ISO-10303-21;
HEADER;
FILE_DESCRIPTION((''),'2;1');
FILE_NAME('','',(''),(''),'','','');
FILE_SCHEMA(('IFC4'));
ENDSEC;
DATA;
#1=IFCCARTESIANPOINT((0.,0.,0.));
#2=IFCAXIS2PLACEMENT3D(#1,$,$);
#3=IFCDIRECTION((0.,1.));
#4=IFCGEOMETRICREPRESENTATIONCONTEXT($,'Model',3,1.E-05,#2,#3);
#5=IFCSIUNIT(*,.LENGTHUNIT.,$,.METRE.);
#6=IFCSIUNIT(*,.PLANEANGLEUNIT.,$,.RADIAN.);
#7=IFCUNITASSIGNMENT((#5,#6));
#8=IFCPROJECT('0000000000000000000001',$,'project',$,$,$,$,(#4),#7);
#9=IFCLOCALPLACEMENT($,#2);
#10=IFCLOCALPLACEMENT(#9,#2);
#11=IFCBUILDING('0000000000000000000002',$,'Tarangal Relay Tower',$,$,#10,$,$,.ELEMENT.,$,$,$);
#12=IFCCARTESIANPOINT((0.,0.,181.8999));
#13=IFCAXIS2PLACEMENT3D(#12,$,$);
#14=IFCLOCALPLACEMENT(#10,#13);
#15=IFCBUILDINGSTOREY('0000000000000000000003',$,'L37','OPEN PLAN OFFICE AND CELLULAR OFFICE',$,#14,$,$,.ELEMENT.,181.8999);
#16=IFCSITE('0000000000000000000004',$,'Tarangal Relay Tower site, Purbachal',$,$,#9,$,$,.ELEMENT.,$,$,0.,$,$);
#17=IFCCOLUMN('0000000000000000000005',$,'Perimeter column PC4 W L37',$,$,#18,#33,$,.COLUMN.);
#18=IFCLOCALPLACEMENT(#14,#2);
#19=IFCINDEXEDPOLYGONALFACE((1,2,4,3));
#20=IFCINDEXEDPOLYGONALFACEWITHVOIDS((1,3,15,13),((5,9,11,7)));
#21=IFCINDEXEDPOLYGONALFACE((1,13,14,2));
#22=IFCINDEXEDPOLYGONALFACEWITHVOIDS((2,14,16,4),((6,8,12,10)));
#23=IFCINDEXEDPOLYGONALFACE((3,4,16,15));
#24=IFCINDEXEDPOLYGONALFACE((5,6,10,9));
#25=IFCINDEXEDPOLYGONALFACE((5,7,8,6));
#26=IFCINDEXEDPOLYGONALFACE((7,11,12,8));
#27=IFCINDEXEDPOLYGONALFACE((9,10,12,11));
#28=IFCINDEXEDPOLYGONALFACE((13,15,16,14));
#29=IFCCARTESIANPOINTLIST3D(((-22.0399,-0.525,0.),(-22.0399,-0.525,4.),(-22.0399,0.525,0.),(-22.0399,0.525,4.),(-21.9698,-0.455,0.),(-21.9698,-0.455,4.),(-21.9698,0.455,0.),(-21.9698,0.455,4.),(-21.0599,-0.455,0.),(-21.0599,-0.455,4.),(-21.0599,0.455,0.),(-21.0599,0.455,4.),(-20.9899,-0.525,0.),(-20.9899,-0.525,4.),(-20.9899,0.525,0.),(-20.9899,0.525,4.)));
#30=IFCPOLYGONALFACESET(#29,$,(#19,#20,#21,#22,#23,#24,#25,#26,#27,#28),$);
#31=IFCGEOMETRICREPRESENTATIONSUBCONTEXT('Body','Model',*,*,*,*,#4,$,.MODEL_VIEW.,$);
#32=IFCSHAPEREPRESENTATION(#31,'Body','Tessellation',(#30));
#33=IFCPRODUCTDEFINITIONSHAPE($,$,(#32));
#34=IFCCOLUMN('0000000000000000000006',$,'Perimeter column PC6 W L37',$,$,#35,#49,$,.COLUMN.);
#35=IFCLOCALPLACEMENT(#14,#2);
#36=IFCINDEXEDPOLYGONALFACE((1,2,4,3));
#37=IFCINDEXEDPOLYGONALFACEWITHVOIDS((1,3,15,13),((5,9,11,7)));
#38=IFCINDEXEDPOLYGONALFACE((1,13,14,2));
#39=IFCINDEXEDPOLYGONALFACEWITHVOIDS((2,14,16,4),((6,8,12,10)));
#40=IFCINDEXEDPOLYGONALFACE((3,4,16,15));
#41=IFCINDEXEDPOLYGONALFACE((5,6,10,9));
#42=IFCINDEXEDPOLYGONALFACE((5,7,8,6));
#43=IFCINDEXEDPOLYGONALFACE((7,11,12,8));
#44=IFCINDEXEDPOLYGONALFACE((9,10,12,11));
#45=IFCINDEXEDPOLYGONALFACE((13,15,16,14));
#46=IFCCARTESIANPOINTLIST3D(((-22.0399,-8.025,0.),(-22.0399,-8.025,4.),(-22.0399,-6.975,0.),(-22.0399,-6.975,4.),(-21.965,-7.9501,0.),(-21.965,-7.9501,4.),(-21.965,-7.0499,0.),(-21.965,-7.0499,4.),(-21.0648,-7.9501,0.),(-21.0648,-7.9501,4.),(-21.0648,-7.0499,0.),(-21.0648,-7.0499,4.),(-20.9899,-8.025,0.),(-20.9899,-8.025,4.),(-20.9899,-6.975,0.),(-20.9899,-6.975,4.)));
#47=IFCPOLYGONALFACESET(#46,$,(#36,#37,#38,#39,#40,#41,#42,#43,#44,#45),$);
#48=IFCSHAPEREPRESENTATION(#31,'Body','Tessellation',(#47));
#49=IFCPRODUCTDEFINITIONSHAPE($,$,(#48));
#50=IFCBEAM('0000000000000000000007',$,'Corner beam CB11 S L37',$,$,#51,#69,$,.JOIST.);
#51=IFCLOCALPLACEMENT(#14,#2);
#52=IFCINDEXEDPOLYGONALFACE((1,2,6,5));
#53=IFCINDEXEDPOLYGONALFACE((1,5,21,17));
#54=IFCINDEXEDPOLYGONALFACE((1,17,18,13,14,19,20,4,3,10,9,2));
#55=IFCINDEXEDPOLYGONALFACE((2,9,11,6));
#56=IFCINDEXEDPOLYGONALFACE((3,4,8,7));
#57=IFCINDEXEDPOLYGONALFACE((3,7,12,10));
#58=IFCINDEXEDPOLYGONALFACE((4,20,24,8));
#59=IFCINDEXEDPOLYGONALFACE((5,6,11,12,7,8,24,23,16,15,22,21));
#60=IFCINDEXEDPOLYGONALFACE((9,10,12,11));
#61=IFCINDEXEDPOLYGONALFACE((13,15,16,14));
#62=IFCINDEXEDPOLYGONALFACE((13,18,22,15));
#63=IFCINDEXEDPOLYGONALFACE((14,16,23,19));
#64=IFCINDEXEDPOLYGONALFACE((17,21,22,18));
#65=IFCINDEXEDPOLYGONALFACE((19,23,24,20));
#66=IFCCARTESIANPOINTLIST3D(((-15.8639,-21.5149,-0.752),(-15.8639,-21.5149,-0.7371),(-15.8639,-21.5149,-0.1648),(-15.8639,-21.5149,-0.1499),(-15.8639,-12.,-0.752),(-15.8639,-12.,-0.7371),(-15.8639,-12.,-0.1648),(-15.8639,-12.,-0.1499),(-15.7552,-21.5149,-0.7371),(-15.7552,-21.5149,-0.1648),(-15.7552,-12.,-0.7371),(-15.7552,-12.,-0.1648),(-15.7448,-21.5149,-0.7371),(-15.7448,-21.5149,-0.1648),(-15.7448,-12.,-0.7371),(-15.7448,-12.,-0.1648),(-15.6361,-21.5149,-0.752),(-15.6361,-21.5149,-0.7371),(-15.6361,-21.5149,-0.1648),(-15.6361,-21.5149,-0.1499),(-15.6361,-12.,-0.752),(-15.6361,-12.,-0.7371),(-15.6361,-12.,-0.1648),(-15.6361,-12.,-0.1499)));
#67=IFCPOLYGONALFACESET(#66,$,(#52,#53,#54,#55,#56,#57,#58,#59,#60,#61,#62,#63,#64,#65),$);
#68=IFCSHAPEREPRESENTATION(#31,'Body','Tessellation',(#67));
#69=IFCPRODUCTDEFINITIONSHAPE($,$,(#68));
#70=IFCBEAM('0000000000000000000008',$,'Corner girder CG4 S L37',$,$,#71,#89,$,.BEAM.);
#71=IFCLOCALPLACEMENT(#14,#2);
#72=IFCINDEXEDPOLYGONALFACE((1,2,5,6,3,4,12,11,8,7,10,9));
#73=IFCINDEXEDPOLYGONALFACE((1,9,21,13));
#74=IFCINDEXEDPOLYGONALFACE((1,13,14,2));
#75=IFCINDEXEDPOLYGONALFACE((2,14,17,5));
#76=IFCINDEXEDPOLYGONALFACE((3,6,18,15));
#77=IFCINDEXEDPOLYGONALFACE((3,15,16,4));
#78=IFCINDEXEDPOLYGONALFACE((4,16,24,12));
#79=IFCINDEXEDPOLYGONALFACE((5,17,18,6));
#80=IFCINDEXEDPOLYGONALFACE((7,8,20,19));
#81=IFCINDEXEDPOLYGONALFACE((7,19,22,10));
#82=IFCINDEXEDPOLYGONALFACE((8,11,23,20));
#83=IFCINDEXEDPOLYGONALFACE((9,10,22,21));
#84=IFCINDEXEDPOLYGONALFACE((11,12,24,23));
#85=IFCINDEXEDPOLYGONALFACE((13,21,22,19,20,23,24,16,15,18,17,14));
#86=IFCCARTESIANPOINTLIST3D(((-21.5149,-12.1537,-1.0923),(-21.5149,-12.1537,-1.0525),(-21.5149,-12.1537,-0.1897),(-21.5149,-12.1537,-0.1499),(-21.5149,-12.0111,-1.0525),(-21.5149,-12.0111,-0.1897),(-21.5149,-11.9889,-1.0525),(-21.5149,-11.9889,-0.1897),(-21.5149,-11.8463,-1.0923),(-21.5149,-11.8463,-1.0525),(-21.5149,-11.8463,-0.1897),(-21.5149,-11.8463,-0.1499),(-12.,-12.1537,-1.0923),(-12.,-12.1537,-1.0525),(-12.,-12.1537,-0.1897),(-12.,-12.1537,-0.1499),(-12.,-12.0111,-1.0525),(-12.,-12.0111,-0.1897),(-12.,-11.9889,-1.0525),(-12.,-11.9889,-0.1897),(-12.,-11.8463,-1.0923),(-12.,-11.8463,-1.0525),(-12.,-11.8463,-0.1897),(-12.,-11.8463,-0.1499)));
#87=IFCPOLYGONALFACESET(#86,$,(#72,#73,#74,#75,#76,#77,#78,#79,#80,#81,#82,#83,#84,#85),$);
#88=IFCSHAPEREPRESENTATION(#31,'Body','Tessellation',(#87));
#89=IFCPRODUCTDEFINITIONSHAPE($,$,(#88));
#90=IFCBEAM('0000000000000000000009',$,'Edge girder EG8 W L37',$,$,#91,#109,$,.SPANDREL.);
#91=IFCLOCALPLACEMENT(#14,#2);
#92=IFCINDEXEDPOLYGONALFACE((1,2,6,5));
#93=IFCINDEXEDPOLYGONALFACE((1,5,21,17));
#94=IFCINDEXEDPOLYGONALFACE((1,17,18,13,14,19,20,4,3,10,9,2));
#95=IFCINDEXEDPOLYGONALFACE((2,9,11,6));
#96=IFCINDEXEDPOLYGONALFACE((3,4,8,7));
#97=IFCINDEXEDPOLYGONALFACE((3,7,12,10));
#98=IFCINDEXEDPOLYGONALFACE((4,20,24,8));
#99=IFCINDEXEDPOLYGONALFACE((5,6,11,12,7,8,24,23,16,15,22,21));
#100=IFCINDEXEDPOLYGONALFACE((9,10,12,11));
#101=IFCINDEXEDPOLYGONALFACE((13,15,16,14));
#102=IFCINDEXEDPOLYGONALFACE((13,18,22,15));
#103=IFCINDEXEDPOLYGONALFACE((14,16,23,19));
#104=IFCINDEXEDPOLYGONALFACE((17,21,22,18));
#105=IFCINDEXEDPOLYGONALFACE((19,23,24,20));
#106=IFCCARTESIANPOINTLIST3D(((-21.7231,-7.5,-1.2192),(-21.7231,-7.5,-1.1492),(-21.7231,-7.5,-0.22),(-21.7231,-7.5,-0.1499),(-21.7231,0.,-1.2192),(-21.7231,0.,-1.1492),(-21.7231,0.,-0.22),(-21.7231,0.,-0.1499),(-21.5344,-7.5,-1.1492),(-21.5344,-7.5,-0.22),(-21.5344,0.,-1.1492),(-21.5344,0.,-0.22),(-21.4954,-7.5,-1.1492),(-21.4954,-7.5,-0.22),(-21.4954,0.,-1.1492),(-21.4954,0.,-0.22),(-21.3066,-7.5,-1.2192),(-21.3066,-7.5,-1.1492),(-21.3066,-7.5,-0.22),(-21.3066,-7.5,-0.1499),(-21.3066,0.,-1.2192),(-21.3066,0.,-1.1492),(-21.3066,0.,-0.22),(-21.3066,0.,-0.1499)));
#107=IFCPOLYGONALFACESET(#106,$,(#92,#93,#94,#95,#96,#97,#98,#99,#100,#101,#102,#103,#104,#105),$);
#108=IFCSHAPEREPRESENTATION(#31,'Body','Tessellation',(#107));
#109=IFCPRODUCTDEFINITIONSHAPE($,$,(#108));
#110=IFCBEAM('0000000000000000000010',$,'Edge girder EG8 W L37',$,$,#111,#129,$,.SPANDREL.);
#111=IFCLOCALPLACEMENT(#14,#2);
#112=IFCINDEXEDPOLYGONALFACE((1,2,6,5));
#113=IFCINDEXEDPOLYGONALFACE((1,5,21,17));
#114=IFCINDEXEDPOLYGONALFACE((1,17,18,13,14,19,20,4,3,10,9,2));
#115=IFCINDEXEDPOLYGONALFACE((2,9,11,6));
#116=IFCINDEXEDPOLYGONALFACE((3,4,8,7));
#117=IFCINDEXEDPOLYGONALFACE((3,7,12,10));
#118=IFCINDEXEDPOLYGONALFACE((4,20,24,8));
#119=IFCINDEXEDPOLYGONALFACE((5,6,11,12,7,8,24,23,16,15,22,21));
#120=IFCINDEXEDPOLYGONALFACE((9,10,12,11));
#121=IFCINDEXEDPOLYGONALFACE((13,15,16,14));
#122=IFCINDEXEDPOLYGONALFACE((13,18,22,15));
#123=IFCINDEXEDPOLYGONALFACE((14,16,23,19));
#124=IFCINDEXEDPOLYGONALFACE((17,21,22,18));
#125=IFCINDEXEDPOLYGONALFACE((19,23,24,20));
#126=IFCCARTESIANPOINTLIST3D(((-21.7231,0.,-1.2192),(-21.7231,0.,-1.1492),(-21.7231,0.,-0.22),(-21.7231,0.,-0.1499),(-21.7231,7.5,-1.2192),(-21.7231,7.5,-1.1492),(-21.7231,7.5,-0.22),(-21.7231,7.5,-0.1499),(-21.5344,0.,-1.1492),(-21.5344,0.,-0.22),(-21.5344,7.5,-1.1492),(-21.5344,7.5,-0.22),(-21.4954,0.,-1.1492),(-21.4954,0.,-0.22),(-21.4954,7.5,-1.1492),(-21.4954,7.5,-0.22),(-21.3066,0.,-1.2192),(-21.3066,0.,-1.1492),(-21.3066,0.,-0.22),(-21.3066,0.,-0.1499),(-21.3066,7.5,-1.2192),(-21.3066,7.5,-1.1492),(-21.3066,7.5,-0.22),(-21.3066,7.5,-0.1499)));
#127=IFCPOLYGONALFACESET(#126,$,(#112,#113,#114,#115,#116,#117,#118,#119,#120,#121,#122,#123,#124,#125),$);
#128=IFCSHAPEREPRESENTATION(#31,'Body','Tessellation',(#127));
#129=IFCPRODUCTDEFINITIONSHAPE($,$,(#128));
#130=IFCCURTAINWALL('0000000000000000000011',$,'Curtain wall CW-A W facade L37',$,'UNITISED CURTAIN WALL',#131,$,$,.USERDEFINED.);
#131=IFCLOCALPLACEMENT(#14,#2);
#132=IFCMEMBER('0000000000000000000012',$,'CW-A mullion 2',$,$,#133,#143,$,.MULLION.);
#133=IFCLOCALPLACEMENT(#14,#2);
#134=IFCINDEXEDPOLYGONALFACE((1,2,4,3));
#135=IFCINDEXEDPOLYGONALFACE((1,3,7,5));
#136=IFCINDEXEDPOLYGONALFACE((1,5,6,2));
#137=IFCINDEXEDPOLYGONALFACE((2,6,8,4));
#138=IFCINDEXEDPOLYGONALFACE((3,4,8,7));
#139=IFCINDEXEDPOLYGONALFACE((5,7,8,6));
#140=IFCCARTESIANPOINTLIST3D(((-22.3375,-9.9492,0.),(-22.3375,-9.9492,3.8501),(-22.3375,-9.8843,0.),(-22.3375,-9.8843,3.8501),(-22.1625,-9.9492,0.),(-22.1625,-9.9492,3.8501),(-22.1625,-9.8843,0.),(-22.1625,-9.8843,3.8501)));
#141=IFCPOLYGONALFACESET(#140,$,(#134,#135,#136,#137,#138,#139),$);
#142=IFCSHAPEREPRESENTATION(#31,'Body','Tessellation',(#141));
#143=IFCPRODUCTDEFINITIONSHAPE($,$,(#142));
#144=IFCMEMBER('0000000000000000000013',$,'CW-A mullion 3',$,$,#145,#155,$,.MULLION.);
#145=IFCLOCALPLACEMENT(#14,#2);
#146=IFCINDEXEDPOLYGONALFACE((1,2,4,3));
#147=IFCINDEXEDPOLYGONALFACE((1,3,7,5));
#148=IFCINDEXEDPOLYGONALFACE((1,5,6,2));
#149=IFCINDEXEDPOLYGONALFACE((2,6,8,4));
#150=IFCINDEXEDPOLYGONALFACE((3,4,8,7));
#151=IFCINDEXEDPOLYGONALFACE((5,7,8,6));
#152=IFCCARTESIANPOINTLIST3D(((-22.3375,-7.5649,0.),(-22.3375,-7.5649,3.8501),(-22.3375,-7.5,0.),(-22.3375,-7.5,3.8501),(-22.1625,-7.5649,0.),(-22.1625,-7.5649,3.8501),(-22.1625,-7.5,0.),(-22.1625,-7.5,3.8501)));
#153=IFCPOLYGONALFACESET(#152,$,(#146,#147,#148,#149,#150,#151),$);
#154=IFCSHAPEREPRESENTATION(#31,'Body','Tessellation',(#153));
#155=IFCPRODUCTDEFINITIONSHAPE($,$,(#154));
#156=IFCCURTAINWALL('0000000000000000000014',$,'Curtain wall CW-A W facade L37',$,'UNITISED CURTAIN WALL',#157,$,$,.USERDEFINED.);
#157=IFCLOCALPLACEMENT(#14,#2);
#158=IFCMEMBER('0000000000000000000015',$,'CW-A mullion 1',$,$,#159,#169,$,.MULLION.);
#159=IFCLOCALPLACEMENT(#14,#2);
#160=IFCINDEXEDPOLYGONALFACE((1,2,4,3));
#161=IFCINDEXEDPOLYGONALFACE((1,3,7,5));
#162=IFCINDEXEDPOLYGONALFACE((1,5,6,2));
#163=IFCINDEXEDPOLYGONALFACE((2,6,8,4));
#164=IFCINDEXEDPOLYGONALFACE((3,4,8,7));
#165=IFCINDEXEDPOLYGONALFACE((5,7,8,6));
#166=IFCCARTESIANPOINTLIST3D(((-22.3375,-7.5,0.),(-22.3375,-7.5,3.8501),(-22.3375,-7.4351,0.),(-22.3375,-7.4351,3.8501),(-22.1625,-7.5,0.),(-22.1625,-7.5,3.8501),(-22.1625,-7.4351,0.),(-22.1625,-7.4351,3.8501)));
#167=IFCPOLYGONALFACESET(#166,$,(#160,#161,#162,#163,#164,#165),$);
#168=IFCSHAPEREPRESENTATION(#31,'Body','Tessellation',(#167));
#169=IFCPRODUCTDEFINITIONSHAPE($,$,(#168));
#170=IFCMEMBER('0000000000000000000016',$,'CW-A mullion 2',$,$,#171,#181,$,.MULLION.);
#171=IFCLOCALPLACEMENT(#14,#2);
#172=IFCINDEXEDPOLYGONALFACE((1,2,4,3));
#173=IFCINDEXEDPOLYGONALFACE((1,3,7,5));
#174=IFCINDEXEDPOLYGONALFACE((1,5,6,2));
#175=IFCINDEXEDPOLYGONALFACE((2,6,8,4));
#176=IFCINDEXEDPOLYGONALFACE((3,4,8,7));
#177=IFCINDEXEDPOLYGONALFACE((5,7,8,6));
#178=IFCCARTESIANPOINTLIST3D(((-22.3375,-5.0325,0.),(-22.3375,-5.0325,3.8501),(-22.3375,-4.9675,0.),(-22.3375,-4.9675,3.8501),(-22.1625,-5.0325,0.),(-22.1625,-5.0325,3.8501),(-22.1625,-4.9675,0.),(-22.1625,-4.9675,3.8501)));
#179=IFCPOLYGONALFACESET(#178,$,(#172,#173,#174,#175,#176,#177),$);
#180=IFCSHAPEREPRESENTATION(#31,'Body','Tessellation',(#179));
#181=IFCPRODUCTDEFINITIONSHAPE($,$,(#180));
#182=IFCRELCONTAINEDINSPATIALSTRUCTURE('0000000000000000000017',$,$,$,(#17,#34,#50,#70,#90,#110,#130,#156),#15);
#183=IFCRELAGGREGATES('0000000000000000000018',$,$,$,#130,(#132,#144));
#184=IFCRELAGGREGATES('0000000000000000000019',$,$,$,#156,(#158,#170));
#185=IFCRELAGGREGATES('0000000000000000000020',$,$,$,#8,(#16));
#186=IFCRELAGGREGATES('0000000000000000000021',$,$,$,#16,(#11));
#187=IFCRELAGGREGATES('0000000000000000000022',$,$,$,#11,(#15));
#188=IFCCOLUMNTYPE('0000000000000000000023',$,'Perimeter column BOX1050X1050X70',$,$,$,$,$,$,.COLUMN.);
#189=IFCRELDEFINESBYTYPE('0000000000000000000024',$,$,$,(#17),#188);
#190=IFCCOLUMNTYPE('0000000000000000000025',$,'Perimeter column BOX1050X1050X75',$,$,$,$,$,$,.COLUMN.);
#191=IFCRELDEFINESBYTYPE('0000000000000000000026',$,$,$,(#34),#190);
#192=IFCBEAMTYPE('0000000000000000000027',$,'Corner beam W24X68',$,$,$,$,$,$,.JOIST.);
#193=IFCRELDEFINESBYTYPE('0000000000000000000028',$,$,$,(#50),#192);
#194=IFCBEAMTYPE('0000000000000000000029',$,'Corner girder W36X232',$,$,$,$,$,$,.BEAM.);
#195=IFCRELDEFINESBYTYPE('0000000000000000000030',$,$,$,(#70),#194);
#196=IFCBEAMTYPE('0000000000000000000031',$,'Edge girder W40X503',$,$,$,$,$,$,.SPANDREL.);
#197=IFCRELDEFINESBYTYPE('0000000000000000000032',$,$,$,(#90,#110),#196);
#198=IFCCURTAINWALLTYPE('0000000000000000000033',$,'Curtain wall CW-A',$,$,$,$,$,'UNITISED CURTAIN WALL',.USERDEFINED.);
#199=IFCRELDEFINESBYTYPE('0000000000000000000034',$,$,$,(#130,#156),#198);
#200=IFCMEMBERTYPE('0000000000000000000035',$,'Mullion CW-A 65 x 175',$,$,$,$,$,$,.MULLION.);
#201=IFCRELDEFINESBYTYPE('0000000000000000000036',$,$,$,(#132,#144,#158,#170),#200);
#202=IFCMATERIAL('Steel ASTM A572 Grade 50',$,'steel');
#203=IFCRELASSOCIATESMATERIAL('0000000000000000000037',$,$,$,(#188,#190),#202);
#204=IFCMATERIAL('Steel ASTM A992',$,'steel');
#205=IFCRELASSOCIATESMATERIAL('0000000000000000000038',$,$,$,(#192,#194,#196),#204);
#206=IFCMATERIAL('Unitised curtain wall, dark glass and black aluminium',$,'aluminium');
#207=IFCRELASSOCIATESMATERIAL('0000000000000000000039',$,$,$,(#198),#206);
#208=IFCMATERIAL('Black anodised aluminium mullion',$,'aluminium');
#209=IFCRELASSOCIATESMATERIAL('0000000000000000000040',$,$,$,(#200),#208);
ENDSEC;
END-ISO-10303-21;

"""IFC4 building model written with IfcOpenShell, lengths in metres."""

from ifc_helpers import new_model, si_unit, direction, frame, origin, origin_2d, place, context, subcontext, project, spatial, rectangle, hollow_rectangle, i_section, extrude, material, material_profile, profile_set, type_object, element, aggregate, save


model = new_model("IFC4")

# Units and contexts
model_context = context("Model", 3, precision=1e-05, world=origin(), true_north=direction((0.0, 1.0)))
body_context = subcontext(model_context, "Body", "Model", "MODEL_VIEW")
ifc_project = project(units=[si_unit("LENGTHUNIT", "METRE"), si_unit("PLANEANGLEUNIT", "RADIAN")], contexts=[model_context])

# Site, building, storey
site_placement = place(None, origin())
site = spatial("IfcSite", under=ifc_project, at=site_placement, Name="Tarangal Relay Tower site, Purbachal", CompositionType="ELEMENT", RefElevation=0.0)
building_placement = place(site_placement, origin())
building = spatial("IfcBuilding", under=site, at=building_placement, Name="Tarangal Relay Tower", CompositionType="ELEMENT")
storey_placement = place(building_placement, frame((0.0, 0.0, 181.8999)))
storey = spatial("IfcBuildingStorey", under=building, at=storey_placement, Name="L37", Description="OPEN PLAN OFFICE AND CELLULAR OFFICE", CompositionType="ELEMENT", Elevation=181.8999)

# Columns
ifc_material_1 = material(Name="Steel ASTM A572 Grade 50", Category="steel")
ifc_material_profile_1 = material_profile(ifc_material_1, hollow_rectangle(XDim=1.05, YDim=1.05, WallThickness=0.0701, at=origin_2d()), Name="BOX1050X1050X70")
ifc_profile_set_1 = profile_set([ifc_material_profile_1], Name="Steel ASTM A572 Grade 50")
column_type_1 = type_object("IfcColumnType", Name="Perimeter column BOX1050X1050X70", PredefinedType="COLUMN", material=ifc_profile_set_1)
column_1_placement = place(storey_placement, frame((-21.5149, 0.0, 0.0), z_axis=(0.0, 0.0, 1.0), x_axis=(1.0, 0.0, 0.0)))
element("IfcColumn", 1, at=column_1_placement, inside=storey, type_object=column_type_1, Name="Perimeter column PC4 W L37", PredefinedType="COLUMN", context=body_context, shape_type="SweptSolid", body=[
    extrude(hollow_rectangle(XDim=1.05, YDim=1.05, WallThickness=0.0701, at=origin_2d()), origin(), (0.0, 0.0, 1.0), 4.0),
])
ifc_material_profile_2 = material_profile(ifc_material_1, hollow_rectangle(XDim=1.05, YDim=1.05, WallThickness=0.075, at=origin_2d()), Name="BOX1050X1050X75")
ifc_profile_set_2 = profile_set([ifc_material_profile_2], Name="Steel ASTM A572 Grade 50")
column_type_2 = type_object("IfcColumnType", Name="Perimeter column BOX1050X1050X75", PredefinedType="COLUMN", material=ifc_profile_set_2)
column_2_placement = place(storey_placement, frame((-21.5149, -7.5, 0.0), z_axis=(0.0, 0.0, 1.0), x_axis=(1.0, 0.0, 0.0)))
element("IfcColumn", 2, at=column_2_placement, inside=storey, type_object=column_type_2, Name="Perimeter column PC6 W L37", PredefinedType="COLUMN", context=body_context, shape_type="SweptSolid", body=[
    extrude(hollow_rectangle(XDim=1.05, YDim=1.05, WallThickness=0.075, at=origin_2d()), origin(), (0.0, 0.0, 1.0), 4.0),
])

# Beams
ifc_material_2 = material(Name="Steel ASTM A992", Category="steel")
ifc_material_profile_3 = material_profile(ifc_material_2, i_section(OverallWidth=0.2278, OverallDepth=0.6021, WebThickness=0.0105, FlangeThickness=0.0149, at=origin_2d()), Name="W24X68")
ifc_profile_set_3 = profile_set([ifc_material_profile_3], Name="Steel ASTM A992")
beam_type_1 = type_object("IfcBeamType", Name="Corner beam W24X68", PredefinedType="JOIST", material=ifc_profile_set_3)
beam_1_placement = place(storey_placement, frame((-15.75, -12.0, -0.4509), z_axis=(0.0, -1.0, 0.0), x_axis=(1.0, 0.0, 0.0)))
element("IfcBeam", 3, at=beam_1_placement, inside=storey, type_object=beam_type_1, Name="Corner beam CB11 S L37", PredefinedType="JOIST", context=body_context, shape_type="SweptSolid", body=[
    extrude(i_section(OverallWidth=0.2278, OverallDepth=0.6021, WebThickness=0.0105, FlangeThickness=0.0149, at=origin_2d()), origin(), (0.0, 0.0, 1.0), 9.5149),
])
ifc_material_profile_4 = material_profile(ifc_material_2, i_section(OverallWidth=0.3074, OverallDepth=0.9424, WebThickness=0.0222, FlangeThickness=0.0398, at=origin_2d()), Name="W36X232")
ifc_profile_set_4 = profile_set([ifc_material_profile_4], Name="Steel ASTM A992")
beam_type_2 = type_object("IfcBeamType", Name="Corner girder W36X232", PredefinedType="BEAM", material=ifc_profile_set_4)
beam_2_placement = place(storey_placement, frame((-12.0, -12.0, -0.6211), z_axis=(-1.0, 0.0, 0.0), x_axis=(0.0, -1.0, 0.0)))
element("IfcBeam", 4, at=beam_2_placement, inside=storey, type_object=beam_type_2, Name="Corner girder CG4 S L37", PredefinedType="BEAM", context=body_context, shape_type="SweptSolid", body=[
    extrude(i_section(OverallWidth=0.3074, OverallDepth=0.9424, WebThickness=0.0222, FlangeThickness=0.0398, at=origin_2d()), origin(), (0.0, 0.0, 1.0), 9.5149),
])
ifc_material_profile_5 = material_profile(ifc_material_2, i_section(OverallWidth=0.4165, OverallDepth=1.0693, WebThickness=0.0391, FlangeThickness=0.0701, at=origin_2d()), Name="W40X503")
ifc_profile_set_5 = profile_set([ifc_material_profile_5], Name="Steel ASTM A992")
beam_type_3 = type_object("IfcBeamType", Name="Edge girder W40X503", PredefinedType="SPANDREL", material=ifc_profile_set_5)
for number, where, z_axis, x_axis, name in (
    (5, (-21.5149, -7.5, -0.6846), (0.0, 1.0, 0.0), (-1.0, 0.0, 0.0), "Edge girder EG8 W L37"),
    (6, (-21.5149, 0.0, -0.6846), (0.0, 1.0, 0.0), (-1.0, 0.0, 0.0), "Edge girder EG8 W L37"),
):
    element("IfcBeam", number, at=place(storey_placement, frame(where, z_axis=z_axis, x_axis=x_axis)), inside=storey, type_object=beam_type_3, Name=name, PredefinedType="SPANDREL", context=body_context, shape_type="SweptSolid", body=[
        extrude(i_section(OverallWidth=0.4165, OverallDepth=1.0693, WebThickness=0.0391, FlangeThickness=0.0701, at=origin_2d()), origin(), (0.0, 0.0, 1.0), 7.5),
    ])

# Curtain walls, members
ifc_material_3 = material(Name="Unitised curtain wall, dark glass and black aluminium", Category="aluminium")
curtain_wall_type = type_object("IfcCurtainWallType", Name="Curtain wall CW-A", ElementType="UNITISED CURTAIN WALL", PredefinedType="USERDEFINED", material=ifc_material_3)
curtain_wall_1_placement = place(storey_placement, origin())
curtain_wall_1 = element("IfcCurtainWall", 7, at=curtain_wall_1_placement, inside=storey, type_object=curtain_wall_type, Name="Curtain wall CW-A W facade L37", ObjectType="UNITISED CURTAIN WALL", PredefinedType="USERDEFINED")
ifc_material_4 = material(Name="Black anodised aluminium mullion", Category="aluminium")
ifc_material_profile_6 = material_profile(ifc_material_4, rectangle(XDim=0.175, YDim=0.0649, at=origin_2d()), Name="CW-AM 65X175")
ifc_profile_set_6 = profile_set([ifc_material_profile_6], Name="Black anodised aluminium mullion")
member_type_1 = type_object("IfcMemberType", Name="Mullion CW-A 65 x 175", PredefinedType="MULLION", material=ifc_profile_set_6)
member_1_placement = place(storey_placement, frame((-22.25, -9.9167, 0.0), z_axis=(0.0, 0.0, 1.0), x_axis=(-1.0, 0.0, 0.0)))
member_1 = element("IfcMember", 8, at=member_1_placement, type_object=member_type_1, Name="CW-A mullion 2", PredefinedType="MULLION", context=body_context, shape_type="SweptSolid", body=[
    extrude(rectangle(XDim=0.175, YDim=0.0649, at=origin_2d()), origin(), (0.0, 0.0, 1.0), 3.8501),
])
member_2_placement = place(storey_placement, frame((-22.25, -7.5325, 0.0), z_axis=(0.0, 0.0, 1.0), x_axis=(-1.0, 0.0, 0.0)))
member_2 = element("IfcMember", 9, at=member_2_placement, type_object=member_type_1, Name="CW-A mullion 3", PredefinedType="MULLION", context=body_context, shape_type="SweptSolid", body=[
    extrude(rectangle(XDim=0.175, YDim=0.0649, at=origin_2d()), origin(), (0.0, 0.0, 1.0), 3.8501),
])
curtain_wall_2_placement = place(storey_placement, origin())
curtain_wall_2 = element("IfcCurtainWall", 10, at=curtain_wall_2_placement, inside=storey, type_object=curtain_wall_type, Name="Curtain wall CW-A W facade L37", ObjectType="UNITISED CURTAIN WALL", PredefinedType="USERDEFINED")
member_3_placement = place(storey_placement, frame((-22.25, -7.4675, 0.0), z_axis=(0.0, 0.0, 1.0), x_axis=(-1.0, 0.0, 0.0)))
member_3 = element("IfcMember", 11, at=member_3_placement, type_object=member_type_1, Name="CW-A mullion 1", PredefinedType="MULLION", context=body_context, shape_type="SweptSolid", body=[
    extrude(rectangle(XDim=0.175, YDim=0.0649, at=origin_2d()), origin(), (0.0, 0.0, 1.0), 3.8501),
])
member_4_placement = place(storey_placement, frame((-22.25, -5.0, 0.0), z_axis=(0.0, 0.0, 1.0), x_axis=(-1.0, 0.0, 0.0)))
member_4 = element("IfcMember", 12, at=member_4_placement, type_object=member_type_1, Name="CW-A mullion 2", PredefinedType="MULLION", context=body_context, shape_type="SweptSolid", body=[
    extrude(rectangle(XDim=0.175, YDim=0.0649, at=origin_2d()), origin(), (0.0, 0.0, 1.0), 3.8501),
])

aggregate(curtain_wall_1, [member_1, member_2])
aggregate(curtain_wall_2, [member_3, member_4])

save(model, "model.ifc")
